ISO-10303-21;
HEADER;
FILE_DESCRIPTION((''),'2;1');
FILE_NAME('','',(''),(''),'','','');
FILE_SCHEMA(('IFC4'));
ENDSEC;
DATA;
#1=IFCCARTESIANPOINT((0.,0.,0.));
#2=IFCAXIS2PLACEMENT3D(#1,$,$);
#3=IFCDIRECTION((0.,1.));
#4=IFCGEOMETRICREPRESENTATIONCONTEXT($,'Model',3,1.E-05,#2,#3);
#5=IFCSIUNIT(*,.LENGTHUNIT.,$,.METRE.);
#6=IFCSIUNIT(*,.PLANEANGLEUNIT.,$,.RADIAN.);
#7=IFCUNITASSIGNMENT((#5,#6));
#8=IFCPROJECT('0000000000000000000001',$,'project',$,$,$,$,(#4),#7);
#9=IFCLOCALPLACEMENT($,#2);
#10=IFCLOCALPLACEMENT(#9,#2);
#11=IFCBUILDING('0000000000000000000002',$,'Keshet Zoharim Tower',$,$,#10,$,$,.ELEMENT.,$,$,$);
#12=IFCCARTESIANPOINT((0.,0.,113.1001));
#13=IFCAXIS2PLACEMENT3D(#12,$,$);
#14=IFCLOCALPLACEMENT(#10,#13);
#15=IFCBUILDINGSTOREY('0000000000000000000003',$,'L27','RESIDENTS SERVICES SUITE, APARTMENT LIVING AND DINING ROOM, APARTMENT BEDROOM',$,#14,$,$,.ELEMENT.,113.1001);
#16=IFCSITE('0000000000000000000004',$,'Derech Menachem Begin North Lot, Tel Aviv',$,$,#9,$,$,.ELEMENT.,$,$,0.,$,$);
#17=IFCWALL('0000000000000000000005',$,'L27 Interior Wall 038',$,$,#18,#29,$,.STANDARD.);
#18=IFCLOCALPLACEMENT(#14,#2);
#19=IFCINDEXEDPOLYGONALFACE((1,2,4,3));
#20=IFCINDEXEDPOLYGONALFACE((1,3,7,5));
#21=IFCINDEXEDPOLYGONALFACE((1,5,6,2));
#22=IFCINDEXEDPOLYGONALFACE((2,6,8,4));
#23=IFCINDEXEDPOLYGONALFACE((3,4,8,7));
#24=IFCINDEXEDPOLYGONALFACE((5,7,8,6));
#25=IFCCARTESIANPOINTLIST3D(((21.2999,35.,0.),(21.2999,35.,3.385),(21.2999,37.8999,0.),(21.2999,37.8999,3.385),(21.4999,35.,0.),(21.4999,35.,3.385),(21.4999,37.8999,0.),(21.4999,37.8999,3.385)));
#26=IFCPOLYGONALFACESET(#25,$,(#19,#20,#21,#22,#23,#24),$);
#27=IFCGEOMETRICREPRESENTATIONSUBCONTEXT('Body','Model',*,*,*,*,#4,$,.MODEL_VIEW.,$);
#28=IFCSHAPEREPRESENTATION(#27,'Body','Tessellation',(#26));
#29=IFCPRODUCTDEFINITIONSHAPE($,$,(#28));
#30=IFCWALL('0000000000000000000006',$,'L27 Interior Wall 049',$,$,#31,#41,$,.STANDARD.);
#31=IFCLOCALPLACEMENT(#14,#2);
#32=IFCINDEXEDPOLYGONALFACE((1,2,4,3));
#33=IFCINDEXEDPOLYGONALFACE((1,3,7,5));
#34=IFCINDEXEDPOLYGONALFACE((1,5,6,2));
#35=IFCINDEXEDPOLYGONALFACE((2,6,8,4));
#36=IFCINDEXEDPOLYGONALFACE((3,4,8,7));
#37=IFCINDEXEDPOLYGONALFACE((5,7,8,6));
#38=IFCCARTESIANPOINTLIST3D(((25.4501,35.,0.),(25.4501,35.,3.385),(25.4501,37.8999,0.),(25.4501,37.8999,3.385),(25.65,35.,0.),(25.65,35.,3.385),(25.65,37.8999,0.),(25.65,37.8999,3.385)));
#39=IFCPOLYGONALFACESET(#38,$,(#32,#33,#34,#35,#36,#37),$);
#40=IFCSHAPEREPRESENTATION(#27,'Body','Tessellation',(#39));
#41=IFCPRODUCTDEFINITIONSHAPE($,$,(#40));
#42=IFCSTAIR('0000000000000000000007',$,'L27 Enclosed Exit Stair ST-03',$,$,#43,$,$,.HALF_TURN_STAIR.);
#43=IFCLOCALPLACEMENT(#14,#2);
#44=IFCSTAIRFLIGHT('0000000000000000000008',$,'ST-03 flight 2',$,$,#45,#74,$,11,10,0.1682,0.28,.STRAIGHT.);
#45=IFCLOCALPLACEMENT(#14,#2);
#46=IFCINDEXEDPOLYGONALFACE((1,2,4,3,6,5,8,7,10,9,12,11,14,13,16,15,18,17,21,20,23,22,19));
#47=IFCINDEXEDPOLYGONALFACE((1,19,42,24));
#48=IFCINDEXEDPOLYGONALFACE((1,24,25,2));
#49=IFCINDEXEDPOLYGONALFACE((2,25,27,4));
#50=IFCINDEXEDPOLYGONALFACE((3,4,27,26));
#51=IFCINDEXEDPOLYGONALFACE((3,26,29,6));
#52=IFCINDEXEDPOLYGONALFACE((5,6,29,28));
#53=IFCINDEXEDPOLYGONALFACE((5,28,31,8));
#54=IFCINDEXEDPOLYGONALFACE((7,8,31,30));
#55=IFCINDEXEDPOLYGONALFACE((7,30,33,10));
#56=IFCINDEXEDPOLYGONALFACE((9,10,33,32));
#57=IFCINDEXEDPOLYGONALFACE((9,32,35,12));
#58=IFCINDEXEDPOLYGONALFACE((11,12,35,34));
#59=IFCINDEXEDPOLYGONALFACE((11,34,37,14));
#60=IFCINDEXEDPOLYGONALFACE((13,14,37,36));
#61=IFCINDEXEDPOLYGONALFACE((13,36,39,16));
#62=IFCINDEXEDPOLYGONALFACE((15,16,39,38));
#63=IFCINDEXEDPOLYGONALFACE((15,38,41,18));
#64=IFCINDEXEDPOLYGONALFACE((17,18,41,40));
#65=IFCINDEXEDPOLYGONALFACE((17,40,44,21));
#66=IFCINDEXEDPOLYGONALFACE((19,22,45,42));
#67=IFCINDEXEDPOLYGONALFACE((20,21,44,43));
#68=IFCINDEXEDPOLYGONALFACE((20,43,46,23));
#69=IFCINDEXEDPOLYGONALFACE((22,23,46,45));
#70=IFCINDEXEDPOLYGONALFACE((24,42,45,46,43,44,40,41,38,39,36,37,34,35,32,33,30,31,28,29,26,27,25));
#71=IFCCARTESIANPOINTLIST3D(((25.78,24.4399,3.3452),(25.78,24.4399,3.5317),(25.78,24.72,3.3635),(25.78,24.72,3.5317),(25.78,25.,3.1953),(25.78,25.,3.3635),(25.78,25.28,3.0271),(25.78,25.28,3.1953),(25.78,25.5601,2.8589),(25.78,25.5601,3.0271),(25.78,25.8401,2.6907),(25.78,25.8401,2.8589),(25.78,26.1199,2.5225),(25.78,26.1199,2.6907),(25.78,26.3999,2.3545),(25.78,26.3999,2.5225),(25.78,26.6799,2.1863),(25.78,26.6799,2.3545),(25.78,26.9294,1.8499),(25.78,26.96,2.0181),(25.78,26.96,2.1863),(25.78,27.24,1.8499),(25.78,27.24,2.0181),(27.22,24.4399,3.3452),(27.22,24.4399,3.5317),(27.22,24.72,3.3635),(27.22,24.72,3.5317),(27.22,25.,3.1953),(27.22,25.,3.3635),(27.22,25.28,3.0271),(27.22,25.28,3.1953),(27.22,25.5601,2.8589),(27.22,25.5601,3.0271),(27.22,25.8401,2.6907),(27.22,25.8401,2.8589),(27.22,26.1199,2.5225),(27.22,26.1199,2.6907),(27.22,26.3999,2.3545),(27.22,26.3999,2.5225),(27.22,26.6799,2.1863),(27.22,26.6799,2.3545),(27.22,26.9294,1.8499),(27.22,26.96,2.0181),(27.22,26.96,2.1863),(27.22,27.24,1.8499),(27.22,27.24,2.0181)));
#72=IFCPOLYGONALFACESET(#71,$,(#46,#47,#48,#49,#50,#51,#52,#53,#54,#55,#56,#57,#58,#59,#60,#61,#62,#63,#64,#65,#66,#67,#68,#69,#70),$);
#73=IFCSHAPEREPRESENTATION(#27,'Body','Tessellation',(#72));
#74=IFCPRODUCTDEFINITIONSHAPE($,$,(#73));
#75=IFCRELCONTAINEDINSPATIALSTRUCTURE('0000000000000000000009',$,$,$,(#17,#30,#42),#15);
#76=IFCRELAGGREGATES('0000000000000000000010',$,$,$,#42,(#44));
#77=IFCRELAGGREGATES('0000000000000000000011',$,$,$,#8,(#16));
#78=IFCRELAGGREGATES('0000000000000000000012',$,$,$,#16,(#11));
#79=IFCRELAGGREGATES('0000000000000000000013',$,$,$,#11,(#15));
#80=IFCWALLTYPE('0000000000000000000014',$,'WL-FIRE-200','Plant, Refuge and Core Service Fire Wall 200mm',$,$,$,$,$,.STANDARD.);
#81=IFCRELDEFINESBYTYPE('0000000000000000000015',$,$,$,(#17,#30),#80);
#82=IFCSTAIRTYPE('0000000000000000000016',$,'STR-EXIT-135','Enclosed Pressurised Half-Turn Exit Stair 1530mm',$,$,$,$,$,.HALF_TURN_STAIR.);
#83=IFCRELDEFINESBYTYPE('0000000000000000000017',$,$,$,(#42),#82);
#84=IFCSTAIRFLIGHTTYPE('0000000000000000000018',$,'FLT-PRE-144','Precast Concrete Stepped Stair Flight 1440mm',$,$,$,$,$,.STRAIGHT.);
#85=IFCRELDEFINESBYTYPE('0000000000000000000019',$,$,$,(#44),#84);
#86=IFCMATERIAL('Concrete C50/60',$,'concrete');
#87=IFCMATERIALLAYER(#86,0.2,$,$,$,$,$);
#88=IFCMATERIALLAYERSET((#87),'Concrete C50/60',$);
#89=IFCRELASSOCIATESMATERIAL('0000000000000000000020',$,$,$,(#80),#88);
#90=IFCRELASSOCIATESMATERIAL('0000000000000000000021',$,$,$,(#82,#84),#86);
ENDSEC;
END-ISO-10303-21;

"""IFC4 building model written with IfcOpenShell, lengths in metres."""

from ifc_helpers import new_model, si_unit, direction, frame, frame_2d, origin, place, context, subcontext, project, spatial, polyline, rectangle, outline, extrude, material, layer, layer_set, type_object, element, aggregate, save


model = new_model("IFC4")

# Units and contexts
model_context = context("Model", 3, precision=1e-05, world=origin(), true_north=direction((0.0, 1.0)))
body_context = subcontext(model_context, "Body", "Model", "MODEL_VIEW")
ifc_project = project(units=[si_unit("LENGTHUNIT", "METRE"), si_unit("PLANEANGLEUNIT", "RADIAN")], contexts=[model_context])

# Site, building, storey
site_placement = place(None, origin())
site = spatial("IfcSite", under=ifc_project, at=site_placement, Name="Derech Menachem Begin North Lot, Tel Aviv", CompositionType="ELEMENT", RefElevation=0.0)
building_placement = place(site_placement, origin())
building = spatial("IfcBuilding", under=site, at=building_placement, Name="Keshet Zoharim Tower", CompositionType="ELEMENT")
storey_placement = place(building_placement, frame((0.0, 0.0, 113.1001)))
storey = spatial("IfcBuildingStorey", under=building, at=storey_placement, Name="L27", Description="RESIDENTS SERVICES SUITE, APARTMENT LIVING AND DINING ROOM, APARTMENT BEDROOM", CompositionType="ELEMENT", Elevation=113.1001)

# Walls
ifc_material_1 = material(Name="Concrete C50/60", Category="concrete")
ifc_layer_1 = layer(ifc_material_1, 0.2)
ifc_layer_set_1 = layer_set([ifc_layer_1], Name="Concrete C50/60")
wall_type_1 = type_object("IfcWallType", Name="WL-FIRE-200", Description="Plant, Refuge and Core Service Fire Wall 200mm", PredefinedType="STANDARD", material=ifc_layer_set_1)
for number, where, z_axis, x_axis, name in (
    (1, (21.3999, 35.0, 0.0), (0.0, 0.0, 1.0), (0.0, 1.0, 0.0), "L27 Interior Wall 038"),
    (2, (25.55, 35.0, 0.0), (0.0, 0.0, 1.0), (0.0, 1.0, 0.0), "L27 Interior Wall 049"),
):
    element("IfcWall", number, at=place(storey_placement, frame(where, z_axis=z_axis, x_axis=x_axis)), inside=storey, type_object=wall_type_1, Name=name, PredefinedType="STANDARD", context=body_context, shape_type="SweptSolid", body=[
        extrude(rectangle(XDim=2.8999, YDim=0.2, at=frame_2d((1.45, 0.0))), origin(), (0.0, 0.0, 1.0), 3.385),
    ])

# Stair, stair flight
stair_type = type_object("IfcStairType", Name="STR-EXIT-135", Description="Enclosed Pressurised Half-Turn Exit Stair 1530mm", PredefinedType="HALF_TURN_STAIR", material=ifc_material_1)
stair_placement = place(storey_placement, origin())
stair = element("IfcStair", 3, at=stair_placement, inside=storey, type_object=stair_type, Name="L27 Enclosed Exit Stair ST-03", PredefinedType="HALF_TURN_STAIR")
stair_flight_type = type_object("IfcStairFlightType", Name="FLT-PRE-144", Description="Precast Concrete Stepped Stair Flight 1440mm", PredefinedType="STRAIGHT", material=ifc_material_1)
stair_flight_placement = place(storey_placement, frame((26.5, 27.24, 1.8499), z_axis=(0.0, 0.0, 1.0), x_axis=(0.0, -1.0, 0.0)))
stair_flight = element("IfcStairFlight", 4, at=stair_flight_placement, type_object=stair_flight_type, Name="ST-03 flight 2", NumberOfRisers=11, NumberOfTreads=10, PredefinedType="STRAIGHT", RiserHeight=0.1682, TreadLength=0.28, context=body_context, shape_type="SweptSolid", body=[
    extrude(outline(polyline([(0.0, 0.0), (0.0, 0.1682), (0.28, 0.1682), (0.28, 0.3364), (0.5601, 0.3364), (0.5601, 0.5046), (0.8401, 0.5046), (0.8401, 0.6726), (1.1201, 0.6726), (1.1201, 0.8408), (1.3999, 0.8408), (1.3999, 1.009), (1.6799, 1.009), (1.6799, 1.1772), (1.96, 1.1772), (1.96, 1.3455), (2.24, 1.3455), (2.24, 1.5137), (2.52, 1.5137), (2.52, 1.6819), (2.8, 1.6819), (2.8, 1.8501), (2.8, 1.4954), (0.3105, 0.0), (0.0, 0.0)])), frame((0.0, 0.72, 0.0), z_axis=(0.0, -1.0, 0.0), x_axis=(1.0, 0.0, 0.0)), (0.0, 0.0, 1.0), 1.4399),
])
aggregate(stair, [stair_flight])

save(model, "model.ifc")
